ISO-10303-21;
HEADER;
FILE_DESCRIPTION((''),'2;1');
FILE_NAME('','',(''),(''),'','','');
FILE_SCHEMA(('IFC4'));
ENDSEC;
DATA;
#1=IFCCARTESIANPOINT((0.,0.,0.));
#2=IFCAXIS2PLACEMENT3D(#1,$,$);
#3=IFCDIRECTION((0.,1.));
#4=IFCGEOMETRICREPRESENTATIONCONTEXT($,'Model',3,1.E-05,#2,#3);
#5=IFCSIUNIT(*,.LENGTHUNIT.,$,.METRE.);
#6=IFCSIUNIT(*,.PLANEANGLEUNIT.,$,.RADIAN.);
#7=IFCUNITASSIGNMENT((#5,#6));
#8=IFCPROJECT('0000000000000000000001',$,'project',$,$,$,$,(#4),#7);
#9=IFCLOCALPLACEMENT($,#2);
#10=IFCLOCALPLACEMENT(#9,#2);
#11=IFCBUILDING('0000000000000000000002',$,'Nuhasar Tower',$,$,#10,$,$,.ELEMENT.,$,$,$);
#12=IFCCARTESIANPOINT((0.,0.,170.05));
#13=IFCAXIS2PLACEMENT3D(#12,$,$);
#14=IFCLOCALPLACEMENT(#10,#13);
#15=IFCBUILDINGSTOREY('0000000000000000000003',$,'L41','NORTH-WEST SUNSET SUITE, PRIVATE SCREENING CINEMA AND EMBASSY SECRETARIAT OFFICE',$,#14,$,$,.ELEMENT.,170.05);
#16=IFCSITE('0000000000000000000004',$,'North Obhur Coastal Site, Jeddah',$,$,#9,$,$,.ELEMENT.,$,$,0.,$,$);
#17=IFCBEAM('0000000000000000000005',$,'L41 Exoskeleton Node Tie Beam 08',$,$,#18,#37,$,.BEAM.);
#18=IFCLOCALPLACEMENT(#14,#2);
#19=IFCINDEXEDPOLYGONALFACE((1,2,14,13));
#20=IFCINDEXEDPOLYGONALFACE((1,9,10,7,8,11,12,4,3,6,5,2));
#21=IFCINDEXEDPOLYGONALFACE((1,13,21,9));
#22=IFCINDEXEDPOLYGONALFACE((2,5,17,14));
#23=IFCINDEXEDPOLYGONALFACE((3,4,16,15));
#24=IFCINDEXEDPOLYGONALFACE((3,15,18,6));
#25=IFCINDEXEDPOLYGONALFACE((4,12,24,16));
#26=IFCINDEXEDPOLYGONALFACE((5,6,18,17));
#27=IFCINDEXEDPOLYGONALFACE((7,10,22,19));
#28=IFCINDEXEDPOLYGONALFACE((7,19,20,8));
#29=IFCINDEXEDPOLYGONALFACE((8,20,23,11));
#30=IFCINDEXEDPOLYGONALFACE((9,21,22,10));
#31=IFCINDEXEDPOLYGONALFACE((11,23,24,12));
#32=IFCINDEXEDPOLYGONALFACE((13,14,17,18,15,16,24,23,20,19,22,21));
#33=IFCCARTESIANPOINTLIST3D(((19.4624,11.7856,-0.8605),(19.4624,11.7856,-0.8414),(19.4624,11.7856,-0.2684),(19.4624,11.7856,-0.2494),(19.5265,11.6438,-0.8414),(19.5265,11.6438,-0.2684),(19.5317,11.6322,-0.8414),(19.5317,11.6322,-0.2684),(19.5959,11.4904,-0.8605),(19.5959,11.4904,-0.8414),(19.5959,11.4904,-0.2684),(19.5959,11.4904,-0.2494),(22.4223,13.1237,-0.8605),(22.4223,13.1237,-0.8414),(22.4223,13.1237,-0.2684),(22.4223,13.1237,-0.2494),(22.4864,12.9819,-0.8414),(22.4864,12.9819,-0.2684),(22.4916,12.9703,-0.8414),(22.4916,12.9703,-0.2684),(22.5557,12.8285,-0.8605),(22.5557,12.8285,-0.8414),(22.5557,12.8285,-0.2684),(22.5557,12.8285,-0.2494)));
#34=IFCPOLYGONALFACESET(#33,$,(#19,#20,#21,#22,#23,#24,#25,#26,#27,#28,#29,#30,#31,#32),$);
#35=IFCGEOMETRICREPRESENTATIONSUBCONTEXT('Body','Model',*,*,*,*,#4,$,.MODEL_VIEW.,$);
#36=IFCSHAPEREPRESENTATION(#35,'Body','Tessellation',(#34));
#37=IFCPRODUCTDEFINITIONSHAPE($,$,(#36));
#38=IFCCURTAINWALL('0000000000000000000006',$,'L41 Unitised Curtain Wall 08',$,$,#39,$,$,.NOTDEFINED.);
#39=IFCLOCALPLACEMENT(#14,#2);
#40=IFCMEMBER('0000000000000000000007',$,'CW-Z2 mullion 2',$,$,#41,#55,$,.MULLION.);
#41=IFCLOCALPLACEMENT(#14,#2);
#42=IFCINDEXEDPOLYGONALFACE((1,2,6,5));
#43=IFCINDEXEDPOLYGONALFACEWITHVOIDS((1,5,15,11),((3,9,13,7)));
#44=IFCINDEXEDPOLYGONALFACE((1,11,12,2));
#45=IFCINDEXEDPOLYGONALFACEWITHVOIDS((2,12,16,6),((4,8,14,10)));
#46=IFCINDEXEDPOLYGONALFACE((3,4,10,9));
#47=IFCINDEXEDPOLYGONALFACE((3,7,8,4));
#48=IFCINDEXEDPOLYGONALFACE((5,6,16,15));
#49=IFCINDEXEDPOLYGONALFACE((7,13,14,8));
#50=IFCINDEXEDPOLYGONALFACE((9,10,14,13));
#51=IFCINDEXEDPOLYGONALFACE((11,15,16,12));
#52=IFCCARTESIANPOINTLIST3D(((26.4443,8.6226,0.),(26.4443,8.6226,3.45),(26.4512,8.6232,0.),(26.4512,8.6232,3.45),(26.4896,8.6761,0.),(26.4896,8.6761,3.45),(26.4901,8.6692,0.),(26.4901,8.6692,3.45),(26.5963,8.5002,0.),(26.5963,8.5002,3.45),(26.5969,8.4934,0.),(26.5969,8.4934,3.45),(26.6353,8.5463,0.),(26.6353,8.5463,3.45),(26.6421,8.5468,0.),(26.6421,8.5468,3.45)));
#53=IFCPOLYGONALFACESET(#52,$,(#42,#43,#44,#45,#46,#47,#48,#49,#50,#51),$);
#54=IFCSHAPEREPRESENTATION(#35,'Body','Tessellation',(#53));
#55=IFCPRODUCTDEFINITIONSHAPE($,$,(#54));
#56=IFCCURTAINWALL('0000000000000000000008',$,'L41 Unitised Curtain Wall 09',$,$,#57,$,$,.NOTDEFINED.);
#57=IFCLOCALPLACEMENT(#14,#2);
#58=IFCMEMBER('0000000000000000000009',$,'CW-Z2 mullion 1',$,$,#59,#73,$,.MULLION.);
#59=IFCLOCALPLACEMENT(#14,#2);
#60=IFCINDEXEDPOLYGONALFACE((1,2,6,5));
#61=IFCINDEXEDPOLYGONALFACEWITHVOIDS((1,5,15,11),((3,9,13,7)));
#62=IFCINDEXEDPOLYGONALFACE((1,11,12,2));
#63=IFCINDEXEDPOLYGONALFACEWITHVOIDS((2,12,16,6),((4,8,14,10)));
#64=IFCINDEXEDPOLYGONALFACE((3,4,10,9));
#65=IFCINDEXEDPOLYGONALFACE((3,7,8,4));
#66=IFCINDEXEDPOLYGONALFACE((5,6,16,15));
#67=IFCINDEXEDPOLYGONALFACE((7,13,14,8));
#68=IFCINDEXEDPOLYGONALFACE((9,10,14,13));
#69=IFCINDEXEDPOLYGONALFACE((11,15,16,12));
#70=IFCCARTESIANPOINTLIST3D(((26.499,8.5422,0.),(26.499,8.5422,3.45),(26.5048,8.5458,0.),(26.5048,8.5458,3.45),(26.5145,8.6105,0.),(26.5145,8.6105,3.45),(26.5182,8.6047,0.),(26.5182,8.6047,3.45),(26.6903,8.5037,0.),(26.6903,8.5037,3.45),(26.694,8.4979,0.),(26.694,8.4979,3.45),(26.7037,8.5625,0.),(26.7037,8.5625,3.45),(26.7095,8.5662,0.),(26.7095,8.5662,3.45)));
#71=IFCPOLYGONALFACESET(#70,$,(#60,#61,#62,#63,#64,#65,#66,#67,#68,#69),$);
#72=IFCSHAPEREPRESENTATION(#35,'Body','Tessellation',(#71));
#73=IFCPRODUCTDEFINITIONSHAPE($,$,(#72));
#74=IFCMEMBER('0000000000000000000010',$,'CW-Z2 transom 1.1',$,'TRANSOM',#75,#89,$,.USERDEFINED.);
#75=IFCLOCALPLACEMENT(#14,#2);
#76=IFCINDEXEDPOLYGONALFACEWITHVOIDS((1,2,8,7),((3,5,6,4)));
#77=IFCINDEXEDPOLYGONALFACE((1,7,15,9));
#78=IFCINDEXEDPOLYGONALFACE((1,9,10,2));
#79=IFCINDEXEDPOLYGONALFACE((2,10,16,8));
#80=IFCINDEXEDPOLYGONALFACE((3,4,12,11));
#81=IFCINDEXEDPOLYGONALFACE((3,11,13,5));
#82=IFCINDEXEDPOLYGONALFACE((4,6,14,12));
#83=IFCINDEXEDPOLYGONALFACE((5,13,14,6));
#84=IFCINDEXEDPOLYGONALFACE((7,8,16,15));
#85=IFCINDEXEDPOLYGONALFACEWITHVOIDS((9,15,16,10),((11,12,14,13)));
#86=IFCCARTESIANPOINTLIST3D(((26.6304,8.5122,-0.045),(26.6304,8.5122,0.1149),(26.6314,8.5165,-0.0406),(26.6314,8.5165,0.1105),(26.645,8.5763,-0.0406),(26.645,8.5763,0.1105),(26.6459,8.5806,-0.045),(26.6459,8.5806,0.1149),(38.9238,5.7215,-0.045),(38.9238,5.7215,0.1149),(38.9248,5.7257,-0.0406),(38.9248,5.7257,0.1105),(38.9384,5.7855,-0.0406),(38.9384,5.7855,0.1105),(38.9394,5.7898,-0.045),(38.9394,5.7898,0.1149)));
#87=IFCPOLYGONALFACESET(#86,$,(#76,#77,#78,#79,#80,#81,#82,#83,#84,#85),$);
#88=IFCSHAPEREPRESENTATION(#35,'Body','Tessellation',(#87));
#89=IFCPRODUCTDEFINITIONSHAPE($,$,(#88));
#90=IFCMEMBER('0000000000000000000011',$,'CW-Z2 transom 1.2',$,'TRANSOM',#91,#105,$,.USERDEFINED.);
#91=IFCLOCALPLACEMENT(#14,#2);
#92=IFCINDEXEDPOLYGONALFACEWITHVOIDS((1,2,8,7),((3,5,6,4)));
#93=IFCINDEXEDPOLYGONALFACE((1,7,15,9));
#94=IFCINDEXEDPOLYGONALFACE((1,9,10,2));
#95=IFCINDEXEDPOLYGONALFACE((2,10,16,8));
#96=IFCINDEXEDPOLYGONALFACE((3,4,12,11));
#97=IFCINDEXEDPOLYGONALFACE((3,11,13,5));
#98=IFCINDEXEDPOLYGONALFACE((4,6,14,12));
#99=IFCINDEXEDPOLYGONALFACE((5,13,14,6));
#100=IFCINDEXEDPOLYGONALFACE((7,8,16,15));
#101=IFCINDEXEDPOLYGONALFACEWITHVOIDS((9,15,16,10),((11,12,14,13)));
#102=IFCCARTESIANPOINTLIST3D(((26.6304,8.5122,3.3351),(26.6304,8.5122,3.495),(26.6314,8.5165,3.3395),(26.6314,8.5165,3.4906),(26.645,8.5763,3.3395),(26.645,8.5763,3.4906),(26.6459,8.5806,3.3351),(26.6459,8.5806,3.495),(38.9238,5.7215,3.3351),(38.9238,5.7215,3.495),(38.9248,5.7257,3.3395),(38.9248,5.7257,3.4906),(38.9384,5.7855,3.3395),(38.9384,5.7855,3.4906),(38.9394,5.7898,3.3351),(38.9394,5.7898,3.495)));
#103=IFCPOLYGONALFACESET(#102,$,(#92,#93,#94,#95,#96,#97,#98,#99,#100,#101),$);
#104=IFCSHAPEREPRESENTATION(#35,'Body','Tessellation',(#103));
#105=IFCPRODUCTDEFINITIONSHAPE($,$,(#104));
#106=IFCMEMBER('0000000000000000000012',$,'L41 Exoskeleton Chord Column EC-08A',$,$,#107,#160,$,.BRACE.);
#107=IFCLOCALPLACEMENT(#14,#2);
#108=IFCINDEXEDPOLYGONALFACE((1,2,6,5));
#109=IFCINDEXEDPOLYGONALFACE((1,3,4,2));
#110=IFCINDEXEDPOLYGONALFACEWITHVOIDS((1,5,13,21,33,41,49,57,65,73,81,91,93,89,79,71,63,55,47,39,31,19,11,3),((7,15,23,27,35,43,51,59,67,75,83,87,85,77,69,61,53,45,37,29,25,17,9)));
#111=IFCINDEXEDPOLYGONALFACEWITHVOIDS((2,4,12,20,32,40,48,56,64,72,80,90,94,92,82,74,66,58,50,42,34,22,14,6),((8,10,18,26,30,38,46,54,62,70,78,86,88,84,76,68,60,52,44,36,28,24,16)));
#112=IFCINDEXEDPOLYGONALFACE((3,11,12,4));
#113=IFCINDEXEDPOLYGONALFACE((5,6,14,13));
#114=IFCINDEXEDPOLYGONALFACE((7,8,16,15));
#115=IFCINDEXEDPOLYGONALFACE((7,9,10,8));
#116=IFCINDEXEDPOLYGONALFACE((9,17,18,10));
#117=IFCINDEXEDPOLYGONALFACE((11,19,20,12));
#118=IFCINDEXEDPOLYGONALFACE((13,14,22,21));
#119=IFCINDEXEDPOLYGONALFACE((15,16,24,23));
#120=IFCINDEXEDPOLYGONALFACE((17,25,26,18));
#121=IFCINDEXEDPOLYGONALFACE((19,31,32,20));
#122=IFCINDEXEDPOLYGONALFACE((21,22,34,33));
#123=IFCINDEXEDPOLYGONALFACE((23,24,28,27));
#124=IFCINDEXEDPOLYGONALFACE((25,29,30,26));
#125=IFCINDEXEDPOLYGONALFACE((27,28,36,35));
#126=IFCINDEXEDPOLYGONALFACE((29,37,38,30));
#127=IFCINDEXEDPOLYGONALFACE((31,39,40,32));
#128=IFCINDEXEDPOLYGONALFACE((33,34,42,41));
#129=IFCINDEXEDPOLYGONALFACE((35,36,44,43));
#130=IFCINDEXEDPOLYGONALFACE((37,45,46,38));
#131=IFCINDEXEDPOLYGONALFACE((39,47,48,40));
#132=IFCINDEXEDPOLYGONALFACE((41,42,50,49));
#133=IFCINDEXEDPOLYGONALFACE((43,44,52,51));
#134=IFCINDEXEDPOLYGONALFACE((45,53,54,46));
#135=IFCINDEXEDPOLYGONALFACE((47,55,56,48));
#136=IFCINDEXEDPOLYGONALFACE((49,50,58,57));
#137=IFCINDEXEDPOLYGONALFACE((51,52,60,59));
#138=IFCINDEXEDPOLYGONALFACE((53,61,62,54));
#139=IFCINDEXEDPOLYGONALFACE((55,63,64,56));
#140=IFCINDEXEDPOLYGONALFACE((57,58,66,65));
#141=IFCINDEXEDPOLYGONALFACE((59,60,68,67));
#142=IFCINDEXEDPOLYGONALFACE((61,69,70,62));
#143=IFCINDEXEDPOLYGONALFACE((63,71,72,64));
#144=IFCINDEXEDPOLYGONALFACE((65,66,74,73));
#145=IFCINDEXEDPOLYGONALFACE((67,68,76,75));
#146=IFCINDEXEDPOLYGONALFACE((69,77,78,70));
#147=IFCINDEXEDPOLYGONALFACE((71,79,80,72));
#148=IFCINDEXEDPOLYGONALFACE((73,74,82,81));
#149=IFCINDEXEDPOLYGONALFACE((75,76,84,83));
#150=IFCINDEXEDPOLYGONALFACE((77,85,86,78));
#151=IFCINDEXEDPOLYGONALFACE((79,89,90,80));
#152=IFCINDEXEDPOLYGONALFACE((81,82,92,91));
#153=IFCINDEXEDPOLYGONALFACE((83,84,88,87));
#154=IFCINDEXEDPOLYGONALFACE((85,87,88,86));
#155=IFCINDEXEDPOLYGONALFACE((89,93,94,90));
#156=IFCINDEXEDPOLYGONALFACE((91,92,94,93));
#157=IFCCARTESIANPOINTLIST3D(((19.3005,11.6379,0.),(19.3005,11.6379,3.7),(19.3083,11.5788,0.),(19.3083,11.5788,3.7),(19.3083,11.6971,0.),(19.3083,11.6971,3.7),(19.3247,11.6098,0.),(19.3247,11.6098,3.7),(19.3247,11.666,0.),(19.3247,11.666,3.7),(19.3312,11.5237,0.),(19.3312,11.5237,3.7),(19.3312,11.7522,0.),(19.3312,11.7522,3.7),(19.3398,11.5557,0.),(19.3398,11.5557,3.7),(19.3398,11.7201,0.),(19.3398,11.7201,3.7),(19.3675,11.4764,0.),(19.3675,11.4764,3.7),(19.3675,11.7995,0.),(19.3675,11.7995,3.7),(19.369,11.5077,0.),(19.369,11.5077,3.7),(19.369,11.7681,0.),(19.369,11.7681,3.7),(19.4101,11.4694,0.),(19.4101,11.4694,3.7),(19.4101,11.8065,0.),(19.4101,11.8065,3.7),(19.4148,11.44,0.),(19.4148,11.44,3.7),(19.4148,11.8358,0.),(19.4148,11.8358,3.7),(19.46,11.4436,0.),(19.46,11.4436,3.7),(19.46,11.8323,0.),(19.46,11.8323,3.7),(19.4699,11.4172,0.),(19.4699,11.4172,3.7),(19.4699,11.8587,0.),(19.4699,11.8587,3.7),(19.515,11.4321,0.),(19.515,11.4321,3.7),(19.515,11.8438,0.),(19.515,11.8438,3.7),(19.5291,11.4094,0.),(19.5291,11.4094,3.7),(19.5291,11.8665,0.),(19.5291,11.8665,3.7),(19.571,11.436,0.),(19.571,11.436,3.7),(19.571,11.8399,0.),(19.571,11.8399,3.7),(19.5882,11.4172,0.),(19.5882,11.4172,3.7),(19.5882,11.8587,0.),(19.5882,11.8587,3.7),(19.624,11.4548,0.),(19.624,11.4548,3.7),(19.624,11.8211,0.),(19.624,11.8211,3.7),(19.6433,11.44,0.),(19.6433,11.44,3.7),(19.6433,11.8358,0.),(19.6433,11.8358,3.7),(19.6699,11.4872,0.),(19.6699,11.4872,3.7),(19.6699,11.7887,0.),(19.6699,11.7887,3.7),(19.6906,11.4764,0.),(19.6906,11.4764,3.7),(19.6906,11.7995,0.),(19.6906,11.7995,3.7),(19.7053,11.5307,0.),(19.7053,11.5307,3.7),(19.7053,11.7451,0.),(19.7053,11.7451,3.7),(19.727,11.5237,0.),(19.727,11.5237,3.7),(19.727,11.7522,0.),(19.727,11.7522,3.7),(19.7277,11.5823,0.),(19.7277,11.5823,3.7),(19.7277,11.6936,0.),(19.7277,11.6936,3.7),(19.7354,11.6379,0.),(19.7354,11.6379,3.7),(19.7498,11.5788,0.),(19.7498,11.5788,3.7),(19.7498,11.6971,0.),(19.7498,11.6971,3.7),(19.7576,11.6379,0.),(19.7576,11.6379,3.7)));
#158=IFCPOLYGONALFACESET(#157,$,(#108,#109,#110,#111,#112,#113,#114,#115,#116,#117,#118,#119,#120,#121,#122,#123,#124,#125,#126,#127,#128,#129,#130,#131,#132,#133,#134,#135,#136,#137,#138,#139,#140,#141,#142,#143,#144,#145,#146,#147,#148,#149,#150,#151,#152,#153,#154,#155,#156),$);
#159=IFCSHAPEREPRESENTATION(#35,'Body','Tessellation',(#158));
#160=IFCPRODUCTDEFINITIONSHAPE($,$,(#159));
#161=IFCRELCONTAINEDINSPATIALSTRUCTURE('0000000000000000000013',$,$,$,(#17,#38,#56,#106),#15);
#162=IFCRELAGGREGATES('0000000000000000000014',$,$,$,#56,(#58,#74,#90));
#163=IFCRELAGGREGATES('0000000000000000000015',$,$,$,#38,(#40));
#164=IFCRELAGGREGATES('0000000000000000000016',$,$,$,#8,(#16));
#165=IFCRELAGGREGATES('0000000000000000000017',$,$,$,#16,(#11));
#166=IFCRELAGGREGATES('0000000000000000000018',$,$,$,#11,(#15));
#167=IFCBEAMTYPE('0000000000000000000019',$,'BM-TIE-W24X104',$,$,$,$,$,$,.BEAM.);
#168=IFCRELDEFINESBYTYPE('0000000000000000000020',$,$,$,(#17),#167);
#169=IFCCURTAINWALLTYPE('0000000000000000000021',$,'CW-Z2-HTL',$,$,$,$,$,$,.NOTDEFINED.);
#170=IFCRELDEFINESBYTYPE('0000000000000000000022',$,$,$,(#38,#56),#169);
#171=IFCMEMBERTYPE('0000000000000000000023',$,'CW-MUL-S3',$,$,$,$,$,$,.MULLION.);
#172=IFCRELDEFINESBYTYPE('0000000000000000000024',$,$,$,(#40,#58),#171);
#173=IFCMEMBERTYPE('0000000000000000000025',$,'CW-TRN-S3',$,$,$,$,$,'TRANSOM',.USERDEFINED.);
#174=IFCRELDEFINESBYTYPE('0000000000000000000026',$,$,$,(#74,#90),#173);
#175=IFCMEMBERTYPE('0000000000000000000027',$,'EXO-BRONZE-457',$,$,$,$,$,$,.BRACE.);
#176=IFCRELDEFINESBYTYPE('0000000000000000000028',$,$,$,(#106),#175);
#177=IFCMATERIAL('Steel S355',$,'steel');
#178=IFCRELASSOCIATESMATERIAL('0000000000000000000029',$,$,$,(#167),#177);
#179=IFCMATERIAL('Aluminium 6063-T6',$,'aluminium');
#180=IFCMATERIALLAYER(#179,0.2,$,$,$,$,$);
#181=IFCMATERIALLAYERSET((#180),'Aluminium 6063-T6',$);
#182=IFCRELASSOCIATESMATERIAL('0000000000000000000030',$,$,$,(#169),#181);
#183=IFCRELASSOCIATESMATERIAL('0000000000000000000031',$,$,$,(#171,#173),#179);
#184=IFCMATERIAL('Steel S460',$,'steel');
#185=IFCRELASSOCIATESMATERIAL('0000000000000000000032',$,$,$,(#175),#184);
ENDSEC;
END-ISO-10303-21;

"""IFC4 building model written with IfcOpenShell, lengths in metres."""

from ifc_helpers import new_model, si_unit, direction, frame, origin, origin_2d, place, context, subcontext, project, spatial, hollow_rectangle, hollow_circle, i_section, extrude, material, layer, layer_set, material_profile, profile_set, type_object, element, aggregate, save


model = new_model("IFC4")

# Units and contexts
model_context = context("Model", 3, precision=1e-05, world=origin(), true_north=direction((0.0, 1.0)))
body_context = subcontext(model_context, "Body", "Model", "MODEL_VIEW")
ifc_project = project(units=[si_unit("LENGTHUNIT", "METRE"), si_unit("PLANEANGLEUNIT", "RADIAN")], contexts=[model_context])

# Site, building, storey
site_placement = place(None, origin())
site = spatial("IfcSite", under=ifc_project, at=site_placement, Name="North Obhur Coastal Site, Jeddah", CompositionType="ELEMENT", RefElevation=0.0)
building_placement = place(site_placement, origin())
building = spatial("IfcBuilding", under=site, at=building_placement, Name="Nuhasar Tower", CompositionType="ELEMENT")
storey_placement = place(building_placement, frame((0.0, 0.0, 170.05)))
storey = spatial("IfcBuildingStorey", under=building, at=storey_placement, Name="L41", Description="NORTH-WEST SUNSET SUITE, PRIVATE SCREENING CINEMA AND EMBASSY SECRETARIAT OFFICE", CompositionType="ELEMENT", Elevation=170.05)

# Beam
ifc_material_1 = material(Name="Steel S355", Category="steel")
ifc_material_profile_1 = material_profile(ifc_material_1, i_section(OverallWidth=0.324, OverallDepth=0.6111, WebThickness=0.0127, FlangeThickness=0.019, at=origin_2d()), Name="W24X104")
ifc_profile_set_1 = profile_set([ifc_material_profile_1], Name="Steel S355")
beam_type_1 = type_object("IfcBeamType", Name="BM-TIE-W24X104", PredefinedType="BEAM", material=ifc_profile_set_1)
beam_1_placement = place(storey_placement, frame((22.489, 12.9761, -0.5549), z_axis=(-0.911211, -0.411939, 0.0), x_axis=(0.411939, -0.911211, 0.0)))
element("IfcBeam", 1, at=beam_1_placement, inside=storey, type_object=beam_type_1, Name="L41 Exoskeleton Node Tie Beam 08", PredefinedType="BEAM", context=body_context, shape_type="SweptSolid", body=[
    extrude(i_section(OverallWidth=0.324, OverallDepth=0.6111, WebThickness=0.0127, FlangeThickness=0.019, at=origin_2d()), origin(), (0.0, 0.0, 1.0), 3.2483),
])

# Curtain wall, member
ifc_material_2 = material(Name="Aluminium 6063-T6", Category="aluminium")
ifc_layer_1 = layer(ifc_material_2, 0.2)
ifc_layer_set_1 = layer_set([ifc_layer_1], Name="Aluminium 6063-T6")
curtain_wall_type = type_object("IfcCurtainWallType", Name="CW-Z2-HTL", PredefinedType="NOTDEFINED", material=ifc_layer_set_1)
curtain_wall_1_placement = place(storey_placement, origin())
curtain_wall_1 = element("IfcCurtainWall", 2, at=curtain_wall_1_placement, inside=storey, type_object=curtain_wall_type, Name="L41 Unitised Curtain Wall 08", PredefinedType="NOTDEFINED")
ifc_material_profile_2 = material_profile(ifc_material_2, hollow_rectangle(XDim=0.0701, YDim=0.2, WallThickness=0.0049, at=origin_2d()), Name="CWM-3")
ifc_profile_set_2 = profile_set([ifc_material_profile_2], Name="Aluminium 6063-T6")
member_type_1 = type_object("IfcMemberType", Name="CW-MUL-S3", PredefinedType="MULLION", material=ifc_profile_set_2)
member_1_placement = place(storey_placement, frame((26.5432, 8.5847, 0.0), z_axis=(0.0, 0.0, 1.0), x_axis=(0.646374, 0.76302, 0.0)))
member_1 = element("IfcMember", 3, at=member_1_placement, type_object=member_type_1, Name="CW-Z2 mullion 2", PredefinedType="MULLION", context=body_context, shape_type="SweptSolid", body=[
    extrude(hollow_rectangle(XDim=0.0701, YDim=0.2, WallThickness=0.0049, at=origin_2d()), origin(), (0.0, 0.0, 1.0), 3.45),
])

# Curtain wall, members
curtain_wall_2_placement = place(storey_placement, origin())
curtain_wall_2 = element("IfcCurtainWall", 4, at=curtain_wall_2_placement, inside=storey, type_object=curtain_wall_type, Name="L41 Unitised Curtain Wall 09", PredefinedType="NOTDEFINED")
member_2_placement = place(storey_placement, frame((26.6042, 8.5542, 0.0), z_axis=(0.0, 0.0, 1.0), x_axis=(0.221397, 0.975184, 0.0)))
member_2 = element("IfcMember", 5, at=member_2_placement, type_object=member_type_1, Name="CW-Z2 mullion 1", PredefinedType="MULLION", context=body_context, shape_type="SweptSolid", body=[
    extrude(hollow_rectangle(XDim=0.0701, YDim=0.2, WallThickness=0.0049, at=origin_2d()), origin(), (0.0, 0.0, 1.0), 3.45),
])
ifc_material_profile_3 = material_profile(ifc_material_2, hollow_rectangle(XDim=0.0701, YDim=0.1599, WallThickness=0.0044, at=origin_2d()), Name="CWT-3")
ifc_profile_set_3 = profile_set([ifc_material_profile_3], Name="Aluminium 6063-T6")
member_type_2 = type_object("IfcMemberType", Name="CW-TRN-S3", ElementType="TRANSOM", PredefinedType="USERDEFINED", material=ifc_profile_set_3)
member_3_placement = place(storey_placement, frame((26.6382, 8.5464, 0.0349), z_axis=(0.975188, -0.22138, 0.0), x_axis=(0.22138, 0.975188, 0.0)))
member_3 = element("IfcMember", 6, at=member_3_placement, type_object=member_type_2, Name="CW-Z2 transom 1.1", ObjectType="TRANSOM", PredefinedType="USERDEFINED", context=body_context, shape_type="SweptSolid", body=[
    extrude(hollow_rectangle(XDim=0.0701, YDim=0.1599, WallThickness=0.0044, at=origin_2d()), origin(), (0.0, 0.0, 1.0), 12.6062),
])
member_4_placement = place(storey_placement, frame((26.6382, 8.5464, 3.415), z_axis=(0.975188, -0.22138, 0.0), x_axis=(0.22138, 0.975188, 0.0)))
member_4 = element("IfcMember", 7, at=member_4_placement, type_object=member_type_2, Name="CW-Z2 transom 1.2", ObjectType="TRANSOM", PredefinedType="USERDEFINED", context=body_context, shape_type="SweptSolid", body=[
    extrude(hollow_rectangle(XDim=0.0701, YDim=0.1599, WallThickness=0.0044, at=origin_2d()), origin(), (0.0, 0.0, 1.0), 12.6062),
])
aggregate(curtain_wall_2, [member_2, member_3, member_4])

# Member
ifc_material_3 = material(Name="Steel S460", Category="steel")
ifc_material_profile_4 = material_profile(ifc_material_3, hollow_circle(Radius=0.2285, WallThickness=0.0222, at=origin_2d()), Name="HSS457X22.2")
ifc_profile_set_4 = profile_set([ifc_material_profile_4], Name="Steel S460")
member_type_3 = type_object("IfcMemberType", Name="EXO-BRONZE-457", PredefinedType="BRACE", material=ifc_profile_set_4)
for number, where, z_axis, x_axis, name in (
    (8, (19.5291, 11.6379, 0.0), (0.0, 0.0, 1.0), (1.0, 0.0, 0.0), "L41 Exoskeleton Chord Column EC-08A"),
):
    element("IfcMember", number, at=place(storey_placement, frame(where, z_axis=z_axis, x_axis=x_axis)), inside=storey, type_object=member_type_3, Name=name, PredefinedType="BRACE", context=body_context, shape_type="SweptSolid", body=[
        extrude(hollow_circle(Radius=0.2285, WallThickness=0.0222, at=origin_2d()), origin(), (0.0, 0.0, 1.0), 3.7),
    ])

aggregate(curtain_wall_1, [member_1])

save(model, "model.ifc")
